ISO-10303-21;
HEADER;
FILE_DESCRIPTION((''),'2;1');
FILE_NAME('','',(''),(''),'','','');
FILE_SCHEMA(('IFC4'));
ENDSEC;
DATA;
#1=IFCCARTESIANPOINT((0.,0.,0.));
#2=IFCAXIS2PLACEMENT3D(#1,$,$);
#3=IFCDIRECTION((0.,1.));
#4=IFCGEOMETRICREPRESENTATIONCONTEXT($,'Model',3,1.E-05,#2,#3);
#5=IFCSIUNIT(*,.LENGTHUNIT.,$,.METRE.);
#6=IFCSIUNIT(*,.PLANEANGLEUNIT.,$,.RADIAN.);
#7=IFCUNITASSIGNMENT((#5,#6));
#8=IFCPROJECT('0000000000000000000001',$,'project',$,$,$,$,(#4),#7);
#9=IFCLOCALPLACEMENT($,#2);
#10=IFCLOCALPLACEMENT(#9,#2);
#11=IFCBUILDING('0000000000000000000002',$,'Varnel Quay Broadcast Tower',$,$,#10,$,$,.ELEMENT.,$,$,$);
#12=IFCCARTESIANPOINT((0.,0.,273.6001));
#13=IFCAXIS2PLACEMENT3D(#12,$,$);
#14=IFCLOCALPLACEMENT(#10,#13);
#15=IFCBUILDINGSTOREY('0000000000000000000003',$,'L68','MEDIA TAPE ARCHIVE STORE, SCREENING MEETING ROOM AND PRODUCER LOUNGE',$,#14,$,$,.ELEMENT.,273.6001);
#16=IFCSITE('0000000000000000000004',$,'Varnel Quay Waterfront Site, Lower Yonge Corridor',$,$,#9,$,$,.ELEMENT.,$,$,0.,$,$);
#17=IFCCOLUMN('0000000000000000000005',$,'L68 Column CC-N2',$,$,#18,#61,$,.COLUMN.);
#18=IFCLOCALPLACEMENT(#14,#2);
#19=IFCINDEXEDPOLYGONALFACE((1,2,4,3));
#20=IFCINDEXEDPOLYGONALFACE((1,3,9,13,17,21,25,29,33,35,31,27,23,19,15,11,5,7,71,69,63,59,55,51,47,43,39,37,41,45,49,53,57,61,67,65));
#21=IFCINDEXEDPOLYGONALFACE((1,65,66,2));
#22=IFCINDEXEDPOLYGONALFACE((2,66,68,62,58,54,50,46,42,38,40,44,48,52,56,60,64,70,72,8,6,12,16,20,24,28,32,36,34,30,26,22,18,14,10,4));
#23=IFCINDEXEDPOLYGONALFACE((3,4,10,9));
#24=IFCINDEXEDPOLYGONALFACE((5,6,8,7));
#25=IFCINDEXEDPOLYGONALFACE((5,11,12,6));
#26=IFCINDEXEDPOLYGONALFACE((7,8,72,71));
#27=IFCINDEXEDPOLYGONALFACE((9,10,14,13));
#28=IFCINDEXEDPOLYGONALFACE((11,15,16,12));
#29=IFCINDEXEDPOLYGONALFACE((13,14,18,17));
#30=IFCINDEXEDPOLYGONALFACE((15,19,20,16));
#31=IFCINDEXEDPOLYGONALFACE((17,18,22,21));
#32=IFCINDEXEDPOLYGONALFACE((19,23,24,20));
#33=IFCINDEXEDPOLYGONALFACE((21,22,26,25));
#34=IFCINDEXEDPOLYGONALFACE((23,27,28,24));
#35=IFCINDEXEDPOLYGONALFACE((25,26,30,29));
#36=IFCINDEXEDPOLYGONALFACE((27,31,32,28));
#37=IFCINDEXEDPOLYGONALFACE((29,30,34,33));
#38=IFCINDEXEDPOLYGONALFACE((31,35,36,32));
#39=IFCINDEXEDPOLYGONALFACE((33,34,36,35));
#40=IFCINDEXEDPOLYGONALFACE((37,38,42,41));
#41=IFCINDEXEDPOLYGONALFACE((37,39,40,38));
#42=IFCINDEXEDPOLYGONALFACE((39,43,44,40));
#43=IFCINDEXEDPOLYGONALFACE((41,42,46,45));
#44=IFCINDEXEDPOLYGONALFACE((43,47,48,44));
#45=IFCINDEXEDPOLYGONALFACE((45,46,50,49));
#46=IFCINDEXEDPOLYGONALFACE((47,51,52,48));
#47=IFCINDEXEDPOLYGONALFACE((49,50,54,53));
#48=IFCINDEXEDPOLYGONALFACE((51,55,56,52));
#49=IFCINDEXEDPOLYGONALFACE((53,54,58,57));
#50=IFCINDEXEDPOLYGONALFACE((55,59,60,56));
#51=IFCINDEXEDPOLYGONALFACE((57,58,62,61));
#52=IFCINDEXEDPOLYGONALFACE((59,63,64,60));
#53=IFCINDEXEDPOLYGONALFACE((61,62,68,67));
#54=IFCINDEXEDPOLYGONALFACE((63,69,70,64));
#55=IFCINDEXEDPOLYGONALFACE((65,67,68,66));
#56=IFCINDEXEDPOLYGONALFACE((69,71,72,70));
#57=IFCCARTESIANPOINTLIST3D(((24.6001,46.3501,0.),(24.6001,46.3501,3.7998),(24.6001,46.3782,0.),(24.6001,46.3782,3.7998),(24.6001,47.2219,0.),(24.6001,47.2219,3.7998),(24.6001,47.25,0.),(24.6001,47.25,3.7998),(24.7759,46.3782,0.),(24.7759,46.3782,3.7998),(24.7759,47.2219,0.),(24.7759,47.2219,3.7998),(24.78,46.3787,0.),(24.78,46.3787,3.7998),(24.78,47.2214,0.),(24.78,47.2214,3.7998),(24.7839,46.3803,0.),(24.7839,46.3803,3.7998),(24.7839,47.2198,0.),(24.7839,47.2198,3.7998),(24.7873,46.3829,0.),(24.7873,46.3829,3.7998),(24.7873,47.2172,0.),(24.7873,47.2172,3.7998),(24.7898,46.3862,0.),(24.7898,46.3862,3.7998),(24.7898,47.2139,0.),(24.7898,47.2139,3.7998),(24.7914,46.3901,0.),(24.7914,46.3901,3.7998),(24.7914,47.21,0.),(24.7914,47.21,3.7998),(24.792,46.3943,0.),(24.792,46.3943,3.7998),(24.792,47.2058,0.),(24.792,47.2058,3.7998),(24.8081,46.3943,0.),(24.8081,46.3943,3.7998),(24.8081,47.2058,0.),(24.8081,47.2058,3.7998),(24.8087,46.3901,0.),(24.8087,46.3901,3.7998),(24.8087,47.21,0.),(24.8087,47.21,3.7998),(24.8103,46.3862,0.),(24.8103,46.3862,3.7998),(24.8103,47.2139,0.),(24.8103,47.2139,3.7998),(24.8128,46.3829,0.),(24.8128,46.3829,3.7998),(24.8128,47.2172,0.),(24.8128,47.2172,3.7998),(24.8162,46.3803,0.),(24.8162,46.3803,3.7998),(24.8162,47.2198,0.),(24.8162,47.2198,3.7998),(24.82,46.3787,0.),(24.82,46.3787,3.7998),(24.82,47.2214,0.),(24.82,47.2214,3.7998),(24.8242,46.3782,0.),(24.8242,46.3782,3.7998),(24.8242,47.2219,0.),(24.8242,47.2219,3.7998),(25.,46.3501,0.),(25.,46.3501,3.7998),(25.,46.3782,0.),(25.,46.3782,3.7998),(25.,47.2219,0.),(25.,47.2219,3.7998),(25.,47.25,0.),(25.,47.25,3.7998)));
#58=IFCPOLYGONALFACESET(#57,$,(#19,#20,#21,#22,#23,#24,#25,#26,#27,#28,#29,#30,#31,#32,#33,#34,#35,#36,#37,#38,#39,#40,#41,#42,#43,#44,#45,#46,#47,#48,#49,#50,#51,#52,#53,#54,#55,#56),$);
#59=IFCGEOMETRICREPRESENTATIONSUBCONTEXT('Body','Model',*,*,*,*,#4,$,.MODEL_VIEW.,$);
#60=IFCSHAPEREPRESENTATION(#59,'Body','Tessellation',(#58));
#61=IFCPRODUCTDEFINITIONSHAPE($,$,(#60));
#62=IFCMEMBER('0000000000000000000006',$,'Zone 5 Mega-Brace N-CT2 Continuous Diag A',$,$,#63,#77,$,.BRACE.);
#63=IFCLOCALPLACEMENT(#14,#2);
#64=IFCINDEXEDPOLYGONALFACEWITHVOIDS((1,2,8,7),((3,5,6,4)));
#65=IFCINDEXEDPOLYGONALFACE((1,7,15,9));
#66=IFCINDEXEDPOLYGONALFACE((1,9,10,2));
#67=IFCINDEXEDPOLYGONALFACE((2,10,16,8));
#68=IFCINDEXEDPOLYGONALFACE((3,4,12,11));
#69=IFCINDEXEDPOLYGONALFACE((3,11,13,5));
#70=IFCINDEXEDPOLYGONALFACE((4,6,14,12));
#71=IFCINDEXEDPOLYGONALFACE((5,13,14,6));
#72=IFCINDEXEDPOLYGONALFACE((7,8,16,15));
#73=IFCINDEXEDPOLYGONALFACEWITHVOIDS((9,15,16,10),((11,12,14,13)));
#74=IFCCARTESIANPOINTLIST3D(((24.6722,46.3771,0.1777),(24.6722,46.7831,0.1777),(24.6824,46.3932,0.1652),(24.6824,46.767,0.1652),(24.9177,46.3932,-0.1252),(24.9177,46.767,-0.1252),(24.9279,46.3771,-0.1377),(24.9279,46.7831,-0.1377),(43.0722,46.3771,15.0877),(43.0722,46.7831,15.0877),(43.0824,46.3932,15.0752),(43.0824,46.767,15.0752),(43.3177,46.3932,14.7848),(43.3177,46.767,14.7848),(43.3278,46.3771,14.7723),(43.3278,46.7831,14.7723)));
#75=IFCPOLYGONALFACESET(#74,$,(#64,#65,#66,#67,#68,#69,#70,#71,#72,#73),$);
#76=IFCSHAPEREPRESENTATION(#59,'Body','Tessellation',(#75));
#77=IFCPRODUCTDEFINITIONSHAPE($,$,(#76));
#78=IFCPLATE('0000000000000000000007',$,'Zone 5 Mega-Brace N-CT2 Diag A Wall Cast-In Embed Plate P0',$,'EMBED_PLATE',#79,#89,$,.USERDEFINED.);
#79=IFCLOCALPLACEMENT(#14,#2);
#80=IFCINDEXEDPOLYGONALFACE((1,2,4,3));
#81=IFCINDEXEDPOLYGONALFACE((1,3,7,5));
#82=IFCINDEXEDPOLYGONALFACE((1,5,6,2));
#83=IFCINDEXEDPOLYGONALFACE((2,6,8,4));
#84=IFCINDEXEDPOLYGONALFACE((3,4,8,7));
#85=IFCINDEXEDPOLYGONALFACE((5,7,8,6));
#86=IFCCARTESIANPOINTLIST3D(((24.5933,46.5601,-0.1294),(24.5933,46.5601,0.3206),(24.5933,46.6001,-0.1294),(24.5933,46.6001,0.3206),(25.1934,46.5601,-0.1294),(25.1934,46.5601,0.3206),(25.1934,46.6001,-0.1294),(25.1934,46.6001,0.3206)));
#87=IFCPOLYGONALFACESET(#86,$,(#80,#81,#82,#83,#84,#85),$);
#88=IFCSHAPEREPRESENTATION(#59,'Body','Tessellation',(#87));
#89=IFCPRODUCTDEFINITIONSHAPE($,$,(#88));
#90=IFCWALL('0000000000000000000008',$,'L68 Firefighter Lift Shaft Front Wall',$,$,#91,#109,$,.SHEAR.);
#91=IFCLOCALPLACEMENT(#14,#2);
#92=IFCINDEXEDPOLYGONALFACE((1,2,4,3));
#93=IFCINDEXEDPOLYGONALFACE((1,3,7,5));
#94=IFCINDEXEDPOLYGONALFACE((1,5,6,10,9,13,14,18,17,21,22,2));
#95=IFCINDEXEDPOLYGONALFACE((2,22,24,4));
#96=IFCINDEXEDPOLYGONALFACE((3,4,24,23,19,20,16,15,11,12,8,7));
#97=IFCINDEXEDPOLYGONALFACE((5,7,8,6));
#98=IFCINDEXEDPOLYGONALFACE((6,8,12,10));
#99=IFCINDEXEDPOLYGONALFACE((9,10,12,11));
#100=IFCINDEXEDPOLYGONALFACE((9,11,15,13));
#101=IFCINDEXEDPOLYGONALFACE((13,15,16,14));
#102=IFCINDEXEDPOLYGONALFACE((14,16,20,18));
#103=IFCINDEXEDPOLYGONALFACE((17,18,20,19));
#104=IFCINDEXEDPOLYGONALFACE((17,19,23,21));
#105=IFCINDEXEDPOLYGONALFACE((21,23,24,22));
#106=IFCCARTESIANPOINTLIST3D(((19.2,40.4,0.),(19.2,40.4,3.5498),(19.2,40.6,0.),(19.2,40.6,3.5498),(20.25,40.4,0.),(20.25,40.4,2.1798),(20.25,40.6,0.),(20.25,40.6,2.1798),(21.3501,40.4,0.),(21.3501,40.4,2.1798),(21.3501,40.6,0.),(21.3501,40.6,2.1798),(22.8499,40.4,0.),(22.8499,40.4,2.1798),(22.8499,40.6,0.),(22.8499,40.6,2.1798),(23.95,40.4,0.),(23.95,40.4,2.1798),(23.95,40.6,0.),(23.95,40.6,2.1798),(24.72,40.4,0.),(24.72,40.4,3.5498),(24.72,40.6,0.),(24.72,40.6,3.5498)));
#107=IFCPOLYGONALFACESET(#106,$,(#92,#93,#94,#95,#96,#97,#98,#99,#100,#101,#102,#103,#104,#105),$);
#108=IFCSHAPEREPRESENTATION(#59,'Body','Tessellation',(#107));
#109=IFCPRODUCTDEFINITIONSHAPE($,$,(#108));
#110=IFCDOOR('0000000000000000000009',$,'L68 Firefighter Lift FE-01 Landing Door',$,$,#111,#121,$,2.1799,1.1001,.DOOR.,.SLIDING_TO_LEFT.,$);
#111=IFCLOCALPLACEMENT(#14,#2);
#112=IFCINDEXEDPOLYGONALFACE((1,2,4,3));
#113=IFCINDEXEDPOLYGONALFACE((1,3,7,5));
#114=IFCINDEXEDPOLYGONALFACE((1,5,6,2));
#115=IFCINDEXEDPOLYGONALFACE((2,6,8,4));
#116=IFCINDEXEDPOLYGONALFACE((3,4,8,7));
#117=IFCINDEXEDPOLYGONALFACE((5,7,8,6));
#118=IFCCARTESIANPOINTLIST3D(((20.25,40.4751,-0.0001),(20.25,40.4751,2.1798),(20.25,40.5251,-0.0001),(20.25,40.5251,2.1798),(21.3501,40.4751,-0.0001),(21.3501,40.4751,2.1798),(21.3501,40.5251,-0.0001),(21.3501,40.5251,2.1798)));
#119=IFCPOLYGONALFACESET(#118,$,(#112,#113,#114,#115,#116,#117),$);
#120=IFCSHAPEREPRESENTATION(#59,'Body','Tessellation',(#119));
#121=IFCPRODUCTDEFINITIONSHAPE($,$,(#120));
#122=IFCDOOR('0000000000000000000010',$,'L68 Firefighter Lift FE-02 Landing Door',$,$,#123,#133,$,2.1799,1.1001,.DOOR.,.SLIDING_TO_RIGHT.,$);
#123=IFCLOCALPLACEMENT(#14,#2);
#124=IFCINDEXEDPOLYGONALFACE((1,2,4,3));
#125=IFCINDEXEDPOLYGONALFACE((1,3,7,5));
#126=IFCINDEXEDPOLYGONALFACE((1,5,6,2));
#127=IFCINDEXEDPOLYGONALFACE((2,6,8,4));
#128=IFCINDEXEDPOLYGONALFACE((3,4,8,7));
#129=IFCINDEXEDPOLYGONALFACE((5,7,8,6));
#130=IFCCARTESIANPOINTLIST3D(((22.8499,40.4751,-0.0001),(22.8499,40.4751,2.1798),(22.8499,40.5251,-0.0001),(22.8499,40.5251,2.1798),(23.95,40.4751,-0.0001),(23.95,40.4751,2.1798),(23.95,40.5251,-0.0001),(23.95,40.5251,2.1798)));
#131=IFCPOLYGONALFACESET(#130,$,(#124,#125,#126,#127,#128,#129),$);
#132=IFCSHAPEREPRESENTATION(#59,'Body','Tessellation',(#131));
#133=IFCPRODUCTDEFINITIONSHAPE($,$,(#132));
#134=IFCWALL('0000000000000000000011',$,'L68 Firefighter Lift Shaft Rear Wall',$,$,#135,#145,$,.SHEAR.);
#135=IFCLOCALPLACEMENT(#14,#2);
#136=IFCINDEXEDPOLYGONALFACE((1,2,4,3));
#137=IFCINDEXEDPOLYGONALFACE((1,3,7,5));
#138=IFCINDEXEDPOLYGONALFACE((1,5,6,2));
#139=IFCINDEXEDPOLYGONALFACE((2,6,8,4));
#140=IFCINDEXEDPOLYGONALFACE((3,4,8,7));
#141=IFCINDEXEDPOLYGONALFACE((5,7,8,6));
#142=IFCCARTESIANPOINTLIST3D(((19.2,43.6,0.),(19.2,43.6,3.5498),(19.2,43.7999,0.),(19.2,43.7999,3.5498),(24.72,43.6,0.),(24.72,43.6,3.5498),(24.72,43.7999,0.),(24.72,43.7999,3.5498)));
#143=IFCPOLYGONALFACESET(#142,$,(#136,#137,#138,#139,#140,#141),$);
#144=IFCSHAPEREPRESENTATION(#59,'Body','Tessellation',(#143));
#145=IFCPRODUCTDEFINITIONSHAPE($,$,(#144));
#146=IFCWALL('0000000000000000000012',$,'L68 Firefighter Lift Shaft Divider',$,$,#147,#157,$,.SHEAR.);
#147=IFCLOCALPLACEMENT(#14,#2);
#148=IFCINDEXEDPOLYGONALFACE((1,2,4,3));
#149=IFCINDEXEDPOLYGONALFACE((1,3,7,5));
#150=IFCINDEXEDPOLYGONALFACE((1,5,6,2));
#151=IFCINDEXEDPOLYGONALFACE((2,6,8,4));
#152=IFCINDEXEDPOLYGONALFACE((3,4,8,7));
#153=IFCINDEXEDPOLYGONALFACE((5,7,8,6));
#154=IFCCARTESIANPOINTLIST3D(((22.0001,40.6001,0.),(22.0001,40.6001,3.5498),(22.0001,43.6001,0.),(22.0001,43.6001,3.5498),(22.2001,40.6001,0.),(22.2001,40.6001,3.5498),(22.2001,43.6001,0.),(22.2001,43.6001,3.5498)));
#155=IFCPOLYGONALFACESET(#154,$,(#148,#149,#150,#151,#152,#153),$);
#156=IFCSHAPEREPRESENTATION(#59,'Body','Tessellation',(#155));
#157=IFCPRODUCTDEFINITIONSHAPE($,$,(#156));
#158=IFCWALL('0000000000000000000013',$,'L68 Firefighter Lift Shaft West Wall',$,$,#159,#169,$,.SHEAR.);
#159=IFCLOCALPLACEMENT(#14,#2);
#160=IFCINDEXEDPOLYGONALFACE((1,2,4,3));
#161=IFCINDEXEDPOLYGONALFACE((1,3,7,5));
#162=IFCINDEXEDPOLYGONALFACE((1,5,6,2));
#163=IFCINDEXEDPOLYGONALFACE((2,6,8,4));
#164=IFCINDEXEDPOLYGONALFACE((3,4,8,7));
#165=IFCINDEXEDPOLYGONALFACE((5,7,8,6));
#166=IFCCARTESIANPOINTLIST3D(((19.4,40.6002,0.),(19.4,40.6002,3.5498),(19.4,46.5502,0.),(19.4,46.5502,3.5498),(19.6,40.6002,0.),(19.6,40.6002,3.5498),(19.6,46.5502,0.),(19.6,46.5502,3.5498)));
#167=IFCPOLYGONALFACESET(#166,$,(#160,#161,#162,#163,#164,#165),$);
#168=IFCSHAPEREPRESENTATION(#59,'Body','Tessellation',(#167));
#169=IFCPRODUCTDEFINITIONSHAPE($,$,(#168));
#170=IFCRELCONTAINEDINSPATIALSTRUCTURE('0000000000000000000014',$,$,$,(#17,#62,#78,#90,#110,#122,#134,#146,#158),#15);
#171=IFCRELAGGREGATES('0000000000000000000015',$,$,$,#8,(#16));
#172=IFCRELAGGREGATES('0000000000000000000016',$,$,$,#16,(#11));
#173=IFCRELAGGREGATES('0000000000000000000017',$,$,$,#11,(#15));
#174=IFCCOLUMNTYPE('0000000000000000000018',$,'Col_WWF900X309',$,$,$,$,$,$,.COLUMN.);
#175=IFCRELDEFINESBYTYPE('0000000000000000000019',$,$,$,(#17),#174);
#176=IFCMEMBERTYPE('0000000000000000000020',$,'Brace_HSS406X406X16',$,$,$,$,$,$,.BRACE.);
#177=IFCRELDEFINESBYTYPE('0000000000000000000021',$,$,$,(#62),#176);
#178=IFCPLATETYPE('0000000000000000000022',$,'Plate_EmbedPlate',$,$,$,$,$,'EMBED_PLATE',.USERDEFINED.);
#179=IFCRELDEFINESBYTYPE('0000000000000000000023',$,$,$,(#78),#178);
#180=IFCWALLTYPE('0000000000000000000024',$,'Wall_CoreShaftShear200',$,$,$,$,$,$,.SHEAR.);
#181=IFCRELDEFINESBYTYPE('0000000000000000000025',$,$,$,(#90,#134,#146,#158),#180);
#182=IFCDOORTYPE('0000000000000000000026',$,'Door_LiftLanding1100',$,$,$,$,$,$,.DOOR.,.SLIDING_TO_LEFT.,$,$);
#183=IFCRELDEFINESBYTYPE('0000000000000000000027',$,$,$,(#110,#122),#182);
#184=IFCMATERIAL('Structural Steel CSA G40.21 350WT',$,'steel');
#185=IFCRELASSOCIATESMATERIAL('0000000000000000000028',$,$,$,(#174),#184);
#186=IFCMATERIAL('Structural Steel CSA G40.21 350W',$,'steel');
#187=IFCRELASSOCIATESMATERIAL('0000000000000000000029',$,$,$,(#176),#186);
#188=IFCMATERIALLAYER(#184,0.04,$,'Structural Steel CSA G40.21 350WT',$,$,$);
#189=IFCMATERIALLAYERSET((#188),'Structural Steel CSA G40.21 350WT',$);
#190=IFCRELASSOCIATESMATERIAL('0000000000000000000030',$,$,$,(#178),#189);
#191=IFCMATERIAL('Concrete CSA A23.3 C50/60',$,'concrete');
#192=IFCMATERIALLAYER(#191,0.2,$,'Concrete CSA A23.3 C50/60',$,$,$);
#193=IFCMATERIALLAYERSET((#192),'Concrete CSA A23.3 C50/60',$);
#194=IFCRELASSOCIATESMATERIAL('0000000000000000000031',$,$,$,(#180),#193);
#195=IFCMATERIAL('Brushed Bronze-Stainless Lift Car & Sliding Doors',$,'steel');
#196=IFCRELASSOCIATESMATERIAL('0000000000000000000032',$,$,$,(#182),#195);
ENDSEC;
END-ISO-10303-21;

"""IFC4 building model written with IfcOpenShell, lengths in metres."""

from ifc_helpers import new_model, si_unit, direction, frame, frame_2d, origin, origin_2d, place, context, subcontext, project, spatial, rectangle, hollow_rectangle, i_section, extrude, source, transform, mapped, material, layer, layer_set, material_profile, profile_set, type_object, type_shapes, element, fill, save


model = new_model("IFC4")

# Units and contexts
model_context = context("Model", 3, precision=1e-05, world=origin(), true_north=direction((0.0, 1.0)))
body_context = subcontext(model_context, "Body", "Model", "MODEL_VIEW")
ifc_project = project(units=[si_unit("LENGTHUNIT", "METRE"), si_unit("PLANEANGLEUNIT", "RADIAN")], contexts=[model_context])

# Site, building, storey
site_placement = place(None, origin())
site = spatial("IfcSite", under=ifc_project, at=site_placement, Name="Varnel Quay Waterfront Site, Lower Yonge Corridor", CompositionType="ELEMENT", RefElevation=0.0)
building_placement = place(site_placement, origin())
building = spatial("IfcBuilding", under=site, at=building_placement, Name="Varnel Quay Broadcast Tower", CompositionType="ELEMENT")
storey_placement = place(building_placement, frame((0.0, 0.0, 273.6001)))
storey = spatial("IfcBuildingStorey", under=building, at=storey_placement, Name="L68", Description="MEDIA TAPE ARCHIVE STORE, SCREENING MEETING ROOM AND PRODUCER LOUNGE", CompositionType="ELEMENT", Elevation=273.6001)

# Column
ifc_material_1 = material(Name="Structural Steel CSA G40.21 350WT", Category="steel")
ifc_material_profile_1 = material_profile(ifc_material_1, i_section(OverallWidth=0.3999, OverallDepth=0.8999, WebThickness=0.0161, FlangeThickness=0.0281, FilletRadius=0.0161, at=origin_2d()), Name="WWF900X309")
ifc_profile_set_1 = profile_set([ifc_material_profile_1], Name="Structural Steel CSA G40.21 350WT")
column_type = type_object("IfcColumnType", Name="Col_WWF900X309", PredefinedType="COLUMN", material=ifc_profile_set_1)
shared_shape_1 = source(origin(), body_context, "Body", "SweptSolid", [
    extrude(i_section(OverallWidth=0.3999, OverallDepth=0.8999, WebThickness=0.0161, FlangeThickness=0.0281, FilletRadius=0.0161, at=origin_2d()), origin(), (0.0, 0.0, 1.0), 3.7998),
])
type_shapes(column_type, [shared_shape_1])
column_placement = place(storey_placement, frame((24.8, 46.8, 0.0), z_axis=(0.0, 0.0, 1.0), x_axis=(1.0, 0.0, 0.0)))
element("IfcColumn", 1, at=column_placement, inside=storey, type_object=column_type, Name="L68 Column CC-N2", PredefinedType="COLUMN", context=body_context, shape_type="MappedRepresentation", body=[
    mapped(shared_shape_1, transform((0.0, 0.0, 0.0), x_axis=(1.0, 0.0, 0.0), y_axis=(0.0, 1.0, 0.0), z_axis=(0.0, 0.0, 1.0), scale=1.0)),
])

# Member
ifc_material_2 = material(Name="Structural Steel CSA G40.21 350W", Category="steel")
ifc_material_profile_2 = material_profile(ifc_material_2, hollow_rectangle(XDim=0.406, YDim=0.406, WallThickness=0.0161, at=origin_2d()), Name="HSS406X406X16")
ifc_profile_set_2 = profile_set([ifc_material_profile_2], Name="Structural Steel CSA G40.21 350W")
member_type = type_object("IfcMemberType", Name="Brace_HSS406X406X16", PredefinedType="BRACE", material=ifc_profile_set_2)
shared_shape_2 = source(origin(), body_context, "Body", "SweptSolid", [
    extrude(hollow_rectangle(XDim=0.406, YDim=0.406, WallThickness=0.0161, at=origin_2d()), origin(), (0.0, 0.0, 1.0), 23.6826),
])
type_shapes(member_type, [shared_shape_2])
member_placement = place(storey_placement, frame((24.8, 46.5801, 0.02), z_axis=(0.77694, 0.0, 0.629574), x_axis=(0.0, 1.0, 0.0)))
element("IfcMember", 2, at=member_placement, inside=storey, type_object=member_type, Name="Zone 5 Mega-Brace N-CT2 Continuous Diag A", PredefinedType="BRACE", context=body_context, shape_type="MappedRepresentation", body=[
    mapped(shared_shape_2, transform((0.0, 0.0, 0.0), x_axis=(1.0, 0.0, 0.0), y_axis=(0.0, 1.0, 0.0), z_axis=(0.0, 0.0, 1.0), scale=1.0)),
])

# Plate
ifc_layer_1 = layer(ifc_material_1, 0.04, Name="Structural Steel CSA G40.21 350WT")
ifc_layer_set_1 = layer_set([ifc_layer_1], Name="Structural Steel CSA G40.21 350WT")
plate_type = type_object("IfcPlateType", Name="Plate_EmbedPlate", ElementType="EMBED_PLATE", PredefinedType="USERDEFINED", material=ifc_layer_set_1)
shared_shape_3 = source(origin(), body_context, "Body", "SweptSolid", [
    extrude(rectangle(XDim=0.6001, YDim=0.04, at=origin_2d()), origin(), (0.0, 0.0, 1.0), 0.45),
])
type_shapes(plate_type, [shared_shape_3])
plate_placement = place(storey_placement, frame((24.8933, 46.5801, -0.1294), z_axis=(0.0, 0.0, 1.0), x_axis=(1.0, 0.0, 0.0)))
element("IfcPlate", 3, at=plate_placement, inside=storey, type_object=plate_type, Name="Zone 5 Mega-Brace N-CT2 Diag A Wall Cast-In Embed Plate P0", ObjectType="EMBED_PLATE", PredefinedType="USERDEFINED", context=body_context, shape_type="MappedRepresentation", body=[
    mapped(shared_shape_3, transform((0.0, 0.0, 0.0), x_axis=(1.0, 0.0, 0.0), y_axis=(0.0, 1.0, 0.0), z_axis=(0.0, 0.0, 1.0), scale=1.0)),
])

# Wall, openings, doors
ifc_material_3 = material(Name="Concrete CSA A23.3 C50/60", Category="concrete")
ifc_layer_2 = layer(ifc_material_3, 0.2, Name="Concrete CSA A23.3 C50/60")
ifc_layer_set_2 = layer_set([ifc_layer_2], Name="Concrete CSA A23.3 C50/60")
wall_type_1 = type_object("IfcWallType", Name="Wall_CoreShaftShear200", PredefinedType="SHEAR", material=ifc_layer_set_2)
wall_1_placement = place(storey_placement, frame((19.2, 40.5, 0.0), z_axis=(0.0, 0.0, 1.0), x_axis=(1.0, 0.0, 0.0)))
wall_1 = element("IfcWall", 4, at=wall_1_placement, inside=storey, type_object=wall_type_1, Name="L68 Firefighter Lift Shaft Front Wall", PredefinedType="SHEAR", context=body_context, shape_type="SweptSolid", body=[
    extrude(rectangle(XDim=5.52, YDim=0.2, at=frame_2d((2.76, 0.0))), origin(), (0.0, 0.0, 1.0), 3.5498),
])
opening_1_placement = place(wall_1_placement, frame((1.05, 0.0, 0.0)))
opening_1 = element("IfcOpeningElement", 5, at=opening_1_placement, cuts=wall_1, PredefinedType="OPENING", context=body_context, shape_type="SweptSolid", body=[
    extrude(rectangle(XDim=1.1001, YDim=2.1799, at=frame_2d((0.55, 1.0898))), frame((0.0, 0.1099, 0.0), z_axis=(0.0, -1.0, 0.0), x_axis=(1.0, 0.0, 0.0)), (0.0, 0.0, 1.0), 0.22),
])
opening_2_placement = place(wall_1_placement, frame((3.6499, 0.0, 0.0)))
opening_2 = element("IfcOpeningElement", 6, at=opening_2_placement, cuts=wall_1, PredefinedType="OPENING", context=body_context, shape_type="SweptSolid", body=[
    extrude(rectangle(XDim=1.1001, YDim=2.1799, at=frame_2d((0.55, 1.0898))), frame((0.0, 0.1099, 0.0), z_axis=(0.0, -1.0, 0.0), x_axis=(1.0, 0.0, 0.0)), (0.0, 0.0, 1.0), 0.22),
])
ifc_material_4 = material(Name="Brushed Bronze-Stainless Lift Car & Sliding Doors", Category="steel")
door_type_1 = type_object("IfcDoorType", Name="Door_LiftLanding1100", OperationType="SLIDING_TO_LEFT", PredefinedType="DOOR", material=ifc_material_4)
shared_shape_4 = source(origin(), body_context, "Body", "SweptSolid", [
    extrude(rectangle(XDim=1.1001, YDim=2.1799, at=frame_2d((0.55, 1.0898))), frame((0.0, 0.0249, 0.0), z_axis=(0.0, -1.0, 0.0), x_axis=(1.0, 0.0, 0.0)), (0.0, 0.0, 1.0), 0.05),
])
type_shapes(door_type_1, [shared_shape_4])
door_1_placement = place(opening_1_placement, frame((1.1001, 0.0, 0.0), z_axis=(0.0, 0.0, 1.0), x_axis=(-1.0, 0.0, 0.0)))
door_1 = element("IfcDoor", 7, at=door_1_placement, inside=storey, type_object=door_type_1, Name="L68 Firefighter Lift FE-01 Landing Door", OperationType="SLIDING_TO_LEFT", OverallHeight=2.1799, OverallWidth=1.1001, PredefinedType="DOOR", context=body_context, shape_type="MappedRepresentation", body=[
    mapped(shared_shape_4, transform((0.0, 0.0, 0.0), x_axis=(1.0, 0.0, 0.0), y_axis=(0.0, 1.0, 0.0), z_axis=(0.0, 0.0, 1.0), scale=1.0)),
])
fill(opening_1, door_1)
door_2_placement = place(opening_2_placement, frame((1.1001, 0.0, 0.0), z_axis=(0.0, 0.0, 1.0), x_axis=(-1.0, 0.0, 0.0)))
door_2 = element("IfcDoor", 8, at=door_2_placement, inside=storey, type_object=door_type_1, Name="L68 Firefighter Lift FE-02 Landing Door", OperationType="SLIDING_TO_RIGHT", OverallHeight=2.1799, OverallWidth=1.1001, PredefinedType="DOOR", context=body_context, shape_type="MappedRepresentation", body=[
    mapped(shared_shape_4, transform((0.0, 0.0, 0.0), x_axis=(1.0, 0.0, 0.0), y_axis=(0.0, 1.0, 0.0), z_axis=(0.0, 0.0, 1.0), scale=1.0)),
])
fill(opening_2, door_2)

# Walls
wall_2_placement = place(storey_placement, frame((19.2, 43.7, 0.0), z_axis=(0.0, 0.0, 1.0), x_axis=(1.0, 0.0, 0.0)))
element("IfcWall", 9, at=wall_2_placement, inside=storey, type_object=wall_type_1, Name="L68 Firefighter Lift Shaft Rear Wall", PredefinedType="SHEAR", context=body_context, shape_type="SweptSolid", body=[
    extrude(rectangle(XDim=5.52, YDim=0.2, at=frame_2d((2.76, 0.0))), origin(), (0.0, 0.0, 1.0), 3.5498),
])
wall_3_placement = place(storey_placement, frame((22.1001, 40.6001, 0.0), z_axis=(0.0, 0.0, 1.0), x_axis=(0.0, 1.0, 0.0)))
element("IfcWall", 10, at=wall_3_placement, inside=storey, type_object=wall_type_1, Name="L68 Firefighter Lift Shaft Divider", PredefinedType="SHEAR", context=body_context, shape_type="SweptSolid", body=[
    extrude(rectangle(XDim=3.0, YDim=0.2, at=frame_2d((1.5, 0.0))), origin(), (0.0, 0.0, 1.0), 3.5498),
])
wall_4_placement = place(storey_placement, frame((19.5, 40.6001, 0.0), z_axis=(0.0, 0.0, 1.0), x_axis=(0.0, 1.0, 0.0)))
element("IfcWall", 11, at=wall_4_placement, inside=storey, type_object=wall_type_1, Name="L68 Firefighter Lift Shaft West Wall", PredefinedType="SHEAR", context=body_context, shape_type="SweptSolid", body=[
    extrude(rectangle(XDim=5.95, YDim=0.2, at=frame_2d((2.9751, 0.0))), origin(), (0.0, 0.0, 1.0), 3.5498),
])

save(model, "model.ifc")
